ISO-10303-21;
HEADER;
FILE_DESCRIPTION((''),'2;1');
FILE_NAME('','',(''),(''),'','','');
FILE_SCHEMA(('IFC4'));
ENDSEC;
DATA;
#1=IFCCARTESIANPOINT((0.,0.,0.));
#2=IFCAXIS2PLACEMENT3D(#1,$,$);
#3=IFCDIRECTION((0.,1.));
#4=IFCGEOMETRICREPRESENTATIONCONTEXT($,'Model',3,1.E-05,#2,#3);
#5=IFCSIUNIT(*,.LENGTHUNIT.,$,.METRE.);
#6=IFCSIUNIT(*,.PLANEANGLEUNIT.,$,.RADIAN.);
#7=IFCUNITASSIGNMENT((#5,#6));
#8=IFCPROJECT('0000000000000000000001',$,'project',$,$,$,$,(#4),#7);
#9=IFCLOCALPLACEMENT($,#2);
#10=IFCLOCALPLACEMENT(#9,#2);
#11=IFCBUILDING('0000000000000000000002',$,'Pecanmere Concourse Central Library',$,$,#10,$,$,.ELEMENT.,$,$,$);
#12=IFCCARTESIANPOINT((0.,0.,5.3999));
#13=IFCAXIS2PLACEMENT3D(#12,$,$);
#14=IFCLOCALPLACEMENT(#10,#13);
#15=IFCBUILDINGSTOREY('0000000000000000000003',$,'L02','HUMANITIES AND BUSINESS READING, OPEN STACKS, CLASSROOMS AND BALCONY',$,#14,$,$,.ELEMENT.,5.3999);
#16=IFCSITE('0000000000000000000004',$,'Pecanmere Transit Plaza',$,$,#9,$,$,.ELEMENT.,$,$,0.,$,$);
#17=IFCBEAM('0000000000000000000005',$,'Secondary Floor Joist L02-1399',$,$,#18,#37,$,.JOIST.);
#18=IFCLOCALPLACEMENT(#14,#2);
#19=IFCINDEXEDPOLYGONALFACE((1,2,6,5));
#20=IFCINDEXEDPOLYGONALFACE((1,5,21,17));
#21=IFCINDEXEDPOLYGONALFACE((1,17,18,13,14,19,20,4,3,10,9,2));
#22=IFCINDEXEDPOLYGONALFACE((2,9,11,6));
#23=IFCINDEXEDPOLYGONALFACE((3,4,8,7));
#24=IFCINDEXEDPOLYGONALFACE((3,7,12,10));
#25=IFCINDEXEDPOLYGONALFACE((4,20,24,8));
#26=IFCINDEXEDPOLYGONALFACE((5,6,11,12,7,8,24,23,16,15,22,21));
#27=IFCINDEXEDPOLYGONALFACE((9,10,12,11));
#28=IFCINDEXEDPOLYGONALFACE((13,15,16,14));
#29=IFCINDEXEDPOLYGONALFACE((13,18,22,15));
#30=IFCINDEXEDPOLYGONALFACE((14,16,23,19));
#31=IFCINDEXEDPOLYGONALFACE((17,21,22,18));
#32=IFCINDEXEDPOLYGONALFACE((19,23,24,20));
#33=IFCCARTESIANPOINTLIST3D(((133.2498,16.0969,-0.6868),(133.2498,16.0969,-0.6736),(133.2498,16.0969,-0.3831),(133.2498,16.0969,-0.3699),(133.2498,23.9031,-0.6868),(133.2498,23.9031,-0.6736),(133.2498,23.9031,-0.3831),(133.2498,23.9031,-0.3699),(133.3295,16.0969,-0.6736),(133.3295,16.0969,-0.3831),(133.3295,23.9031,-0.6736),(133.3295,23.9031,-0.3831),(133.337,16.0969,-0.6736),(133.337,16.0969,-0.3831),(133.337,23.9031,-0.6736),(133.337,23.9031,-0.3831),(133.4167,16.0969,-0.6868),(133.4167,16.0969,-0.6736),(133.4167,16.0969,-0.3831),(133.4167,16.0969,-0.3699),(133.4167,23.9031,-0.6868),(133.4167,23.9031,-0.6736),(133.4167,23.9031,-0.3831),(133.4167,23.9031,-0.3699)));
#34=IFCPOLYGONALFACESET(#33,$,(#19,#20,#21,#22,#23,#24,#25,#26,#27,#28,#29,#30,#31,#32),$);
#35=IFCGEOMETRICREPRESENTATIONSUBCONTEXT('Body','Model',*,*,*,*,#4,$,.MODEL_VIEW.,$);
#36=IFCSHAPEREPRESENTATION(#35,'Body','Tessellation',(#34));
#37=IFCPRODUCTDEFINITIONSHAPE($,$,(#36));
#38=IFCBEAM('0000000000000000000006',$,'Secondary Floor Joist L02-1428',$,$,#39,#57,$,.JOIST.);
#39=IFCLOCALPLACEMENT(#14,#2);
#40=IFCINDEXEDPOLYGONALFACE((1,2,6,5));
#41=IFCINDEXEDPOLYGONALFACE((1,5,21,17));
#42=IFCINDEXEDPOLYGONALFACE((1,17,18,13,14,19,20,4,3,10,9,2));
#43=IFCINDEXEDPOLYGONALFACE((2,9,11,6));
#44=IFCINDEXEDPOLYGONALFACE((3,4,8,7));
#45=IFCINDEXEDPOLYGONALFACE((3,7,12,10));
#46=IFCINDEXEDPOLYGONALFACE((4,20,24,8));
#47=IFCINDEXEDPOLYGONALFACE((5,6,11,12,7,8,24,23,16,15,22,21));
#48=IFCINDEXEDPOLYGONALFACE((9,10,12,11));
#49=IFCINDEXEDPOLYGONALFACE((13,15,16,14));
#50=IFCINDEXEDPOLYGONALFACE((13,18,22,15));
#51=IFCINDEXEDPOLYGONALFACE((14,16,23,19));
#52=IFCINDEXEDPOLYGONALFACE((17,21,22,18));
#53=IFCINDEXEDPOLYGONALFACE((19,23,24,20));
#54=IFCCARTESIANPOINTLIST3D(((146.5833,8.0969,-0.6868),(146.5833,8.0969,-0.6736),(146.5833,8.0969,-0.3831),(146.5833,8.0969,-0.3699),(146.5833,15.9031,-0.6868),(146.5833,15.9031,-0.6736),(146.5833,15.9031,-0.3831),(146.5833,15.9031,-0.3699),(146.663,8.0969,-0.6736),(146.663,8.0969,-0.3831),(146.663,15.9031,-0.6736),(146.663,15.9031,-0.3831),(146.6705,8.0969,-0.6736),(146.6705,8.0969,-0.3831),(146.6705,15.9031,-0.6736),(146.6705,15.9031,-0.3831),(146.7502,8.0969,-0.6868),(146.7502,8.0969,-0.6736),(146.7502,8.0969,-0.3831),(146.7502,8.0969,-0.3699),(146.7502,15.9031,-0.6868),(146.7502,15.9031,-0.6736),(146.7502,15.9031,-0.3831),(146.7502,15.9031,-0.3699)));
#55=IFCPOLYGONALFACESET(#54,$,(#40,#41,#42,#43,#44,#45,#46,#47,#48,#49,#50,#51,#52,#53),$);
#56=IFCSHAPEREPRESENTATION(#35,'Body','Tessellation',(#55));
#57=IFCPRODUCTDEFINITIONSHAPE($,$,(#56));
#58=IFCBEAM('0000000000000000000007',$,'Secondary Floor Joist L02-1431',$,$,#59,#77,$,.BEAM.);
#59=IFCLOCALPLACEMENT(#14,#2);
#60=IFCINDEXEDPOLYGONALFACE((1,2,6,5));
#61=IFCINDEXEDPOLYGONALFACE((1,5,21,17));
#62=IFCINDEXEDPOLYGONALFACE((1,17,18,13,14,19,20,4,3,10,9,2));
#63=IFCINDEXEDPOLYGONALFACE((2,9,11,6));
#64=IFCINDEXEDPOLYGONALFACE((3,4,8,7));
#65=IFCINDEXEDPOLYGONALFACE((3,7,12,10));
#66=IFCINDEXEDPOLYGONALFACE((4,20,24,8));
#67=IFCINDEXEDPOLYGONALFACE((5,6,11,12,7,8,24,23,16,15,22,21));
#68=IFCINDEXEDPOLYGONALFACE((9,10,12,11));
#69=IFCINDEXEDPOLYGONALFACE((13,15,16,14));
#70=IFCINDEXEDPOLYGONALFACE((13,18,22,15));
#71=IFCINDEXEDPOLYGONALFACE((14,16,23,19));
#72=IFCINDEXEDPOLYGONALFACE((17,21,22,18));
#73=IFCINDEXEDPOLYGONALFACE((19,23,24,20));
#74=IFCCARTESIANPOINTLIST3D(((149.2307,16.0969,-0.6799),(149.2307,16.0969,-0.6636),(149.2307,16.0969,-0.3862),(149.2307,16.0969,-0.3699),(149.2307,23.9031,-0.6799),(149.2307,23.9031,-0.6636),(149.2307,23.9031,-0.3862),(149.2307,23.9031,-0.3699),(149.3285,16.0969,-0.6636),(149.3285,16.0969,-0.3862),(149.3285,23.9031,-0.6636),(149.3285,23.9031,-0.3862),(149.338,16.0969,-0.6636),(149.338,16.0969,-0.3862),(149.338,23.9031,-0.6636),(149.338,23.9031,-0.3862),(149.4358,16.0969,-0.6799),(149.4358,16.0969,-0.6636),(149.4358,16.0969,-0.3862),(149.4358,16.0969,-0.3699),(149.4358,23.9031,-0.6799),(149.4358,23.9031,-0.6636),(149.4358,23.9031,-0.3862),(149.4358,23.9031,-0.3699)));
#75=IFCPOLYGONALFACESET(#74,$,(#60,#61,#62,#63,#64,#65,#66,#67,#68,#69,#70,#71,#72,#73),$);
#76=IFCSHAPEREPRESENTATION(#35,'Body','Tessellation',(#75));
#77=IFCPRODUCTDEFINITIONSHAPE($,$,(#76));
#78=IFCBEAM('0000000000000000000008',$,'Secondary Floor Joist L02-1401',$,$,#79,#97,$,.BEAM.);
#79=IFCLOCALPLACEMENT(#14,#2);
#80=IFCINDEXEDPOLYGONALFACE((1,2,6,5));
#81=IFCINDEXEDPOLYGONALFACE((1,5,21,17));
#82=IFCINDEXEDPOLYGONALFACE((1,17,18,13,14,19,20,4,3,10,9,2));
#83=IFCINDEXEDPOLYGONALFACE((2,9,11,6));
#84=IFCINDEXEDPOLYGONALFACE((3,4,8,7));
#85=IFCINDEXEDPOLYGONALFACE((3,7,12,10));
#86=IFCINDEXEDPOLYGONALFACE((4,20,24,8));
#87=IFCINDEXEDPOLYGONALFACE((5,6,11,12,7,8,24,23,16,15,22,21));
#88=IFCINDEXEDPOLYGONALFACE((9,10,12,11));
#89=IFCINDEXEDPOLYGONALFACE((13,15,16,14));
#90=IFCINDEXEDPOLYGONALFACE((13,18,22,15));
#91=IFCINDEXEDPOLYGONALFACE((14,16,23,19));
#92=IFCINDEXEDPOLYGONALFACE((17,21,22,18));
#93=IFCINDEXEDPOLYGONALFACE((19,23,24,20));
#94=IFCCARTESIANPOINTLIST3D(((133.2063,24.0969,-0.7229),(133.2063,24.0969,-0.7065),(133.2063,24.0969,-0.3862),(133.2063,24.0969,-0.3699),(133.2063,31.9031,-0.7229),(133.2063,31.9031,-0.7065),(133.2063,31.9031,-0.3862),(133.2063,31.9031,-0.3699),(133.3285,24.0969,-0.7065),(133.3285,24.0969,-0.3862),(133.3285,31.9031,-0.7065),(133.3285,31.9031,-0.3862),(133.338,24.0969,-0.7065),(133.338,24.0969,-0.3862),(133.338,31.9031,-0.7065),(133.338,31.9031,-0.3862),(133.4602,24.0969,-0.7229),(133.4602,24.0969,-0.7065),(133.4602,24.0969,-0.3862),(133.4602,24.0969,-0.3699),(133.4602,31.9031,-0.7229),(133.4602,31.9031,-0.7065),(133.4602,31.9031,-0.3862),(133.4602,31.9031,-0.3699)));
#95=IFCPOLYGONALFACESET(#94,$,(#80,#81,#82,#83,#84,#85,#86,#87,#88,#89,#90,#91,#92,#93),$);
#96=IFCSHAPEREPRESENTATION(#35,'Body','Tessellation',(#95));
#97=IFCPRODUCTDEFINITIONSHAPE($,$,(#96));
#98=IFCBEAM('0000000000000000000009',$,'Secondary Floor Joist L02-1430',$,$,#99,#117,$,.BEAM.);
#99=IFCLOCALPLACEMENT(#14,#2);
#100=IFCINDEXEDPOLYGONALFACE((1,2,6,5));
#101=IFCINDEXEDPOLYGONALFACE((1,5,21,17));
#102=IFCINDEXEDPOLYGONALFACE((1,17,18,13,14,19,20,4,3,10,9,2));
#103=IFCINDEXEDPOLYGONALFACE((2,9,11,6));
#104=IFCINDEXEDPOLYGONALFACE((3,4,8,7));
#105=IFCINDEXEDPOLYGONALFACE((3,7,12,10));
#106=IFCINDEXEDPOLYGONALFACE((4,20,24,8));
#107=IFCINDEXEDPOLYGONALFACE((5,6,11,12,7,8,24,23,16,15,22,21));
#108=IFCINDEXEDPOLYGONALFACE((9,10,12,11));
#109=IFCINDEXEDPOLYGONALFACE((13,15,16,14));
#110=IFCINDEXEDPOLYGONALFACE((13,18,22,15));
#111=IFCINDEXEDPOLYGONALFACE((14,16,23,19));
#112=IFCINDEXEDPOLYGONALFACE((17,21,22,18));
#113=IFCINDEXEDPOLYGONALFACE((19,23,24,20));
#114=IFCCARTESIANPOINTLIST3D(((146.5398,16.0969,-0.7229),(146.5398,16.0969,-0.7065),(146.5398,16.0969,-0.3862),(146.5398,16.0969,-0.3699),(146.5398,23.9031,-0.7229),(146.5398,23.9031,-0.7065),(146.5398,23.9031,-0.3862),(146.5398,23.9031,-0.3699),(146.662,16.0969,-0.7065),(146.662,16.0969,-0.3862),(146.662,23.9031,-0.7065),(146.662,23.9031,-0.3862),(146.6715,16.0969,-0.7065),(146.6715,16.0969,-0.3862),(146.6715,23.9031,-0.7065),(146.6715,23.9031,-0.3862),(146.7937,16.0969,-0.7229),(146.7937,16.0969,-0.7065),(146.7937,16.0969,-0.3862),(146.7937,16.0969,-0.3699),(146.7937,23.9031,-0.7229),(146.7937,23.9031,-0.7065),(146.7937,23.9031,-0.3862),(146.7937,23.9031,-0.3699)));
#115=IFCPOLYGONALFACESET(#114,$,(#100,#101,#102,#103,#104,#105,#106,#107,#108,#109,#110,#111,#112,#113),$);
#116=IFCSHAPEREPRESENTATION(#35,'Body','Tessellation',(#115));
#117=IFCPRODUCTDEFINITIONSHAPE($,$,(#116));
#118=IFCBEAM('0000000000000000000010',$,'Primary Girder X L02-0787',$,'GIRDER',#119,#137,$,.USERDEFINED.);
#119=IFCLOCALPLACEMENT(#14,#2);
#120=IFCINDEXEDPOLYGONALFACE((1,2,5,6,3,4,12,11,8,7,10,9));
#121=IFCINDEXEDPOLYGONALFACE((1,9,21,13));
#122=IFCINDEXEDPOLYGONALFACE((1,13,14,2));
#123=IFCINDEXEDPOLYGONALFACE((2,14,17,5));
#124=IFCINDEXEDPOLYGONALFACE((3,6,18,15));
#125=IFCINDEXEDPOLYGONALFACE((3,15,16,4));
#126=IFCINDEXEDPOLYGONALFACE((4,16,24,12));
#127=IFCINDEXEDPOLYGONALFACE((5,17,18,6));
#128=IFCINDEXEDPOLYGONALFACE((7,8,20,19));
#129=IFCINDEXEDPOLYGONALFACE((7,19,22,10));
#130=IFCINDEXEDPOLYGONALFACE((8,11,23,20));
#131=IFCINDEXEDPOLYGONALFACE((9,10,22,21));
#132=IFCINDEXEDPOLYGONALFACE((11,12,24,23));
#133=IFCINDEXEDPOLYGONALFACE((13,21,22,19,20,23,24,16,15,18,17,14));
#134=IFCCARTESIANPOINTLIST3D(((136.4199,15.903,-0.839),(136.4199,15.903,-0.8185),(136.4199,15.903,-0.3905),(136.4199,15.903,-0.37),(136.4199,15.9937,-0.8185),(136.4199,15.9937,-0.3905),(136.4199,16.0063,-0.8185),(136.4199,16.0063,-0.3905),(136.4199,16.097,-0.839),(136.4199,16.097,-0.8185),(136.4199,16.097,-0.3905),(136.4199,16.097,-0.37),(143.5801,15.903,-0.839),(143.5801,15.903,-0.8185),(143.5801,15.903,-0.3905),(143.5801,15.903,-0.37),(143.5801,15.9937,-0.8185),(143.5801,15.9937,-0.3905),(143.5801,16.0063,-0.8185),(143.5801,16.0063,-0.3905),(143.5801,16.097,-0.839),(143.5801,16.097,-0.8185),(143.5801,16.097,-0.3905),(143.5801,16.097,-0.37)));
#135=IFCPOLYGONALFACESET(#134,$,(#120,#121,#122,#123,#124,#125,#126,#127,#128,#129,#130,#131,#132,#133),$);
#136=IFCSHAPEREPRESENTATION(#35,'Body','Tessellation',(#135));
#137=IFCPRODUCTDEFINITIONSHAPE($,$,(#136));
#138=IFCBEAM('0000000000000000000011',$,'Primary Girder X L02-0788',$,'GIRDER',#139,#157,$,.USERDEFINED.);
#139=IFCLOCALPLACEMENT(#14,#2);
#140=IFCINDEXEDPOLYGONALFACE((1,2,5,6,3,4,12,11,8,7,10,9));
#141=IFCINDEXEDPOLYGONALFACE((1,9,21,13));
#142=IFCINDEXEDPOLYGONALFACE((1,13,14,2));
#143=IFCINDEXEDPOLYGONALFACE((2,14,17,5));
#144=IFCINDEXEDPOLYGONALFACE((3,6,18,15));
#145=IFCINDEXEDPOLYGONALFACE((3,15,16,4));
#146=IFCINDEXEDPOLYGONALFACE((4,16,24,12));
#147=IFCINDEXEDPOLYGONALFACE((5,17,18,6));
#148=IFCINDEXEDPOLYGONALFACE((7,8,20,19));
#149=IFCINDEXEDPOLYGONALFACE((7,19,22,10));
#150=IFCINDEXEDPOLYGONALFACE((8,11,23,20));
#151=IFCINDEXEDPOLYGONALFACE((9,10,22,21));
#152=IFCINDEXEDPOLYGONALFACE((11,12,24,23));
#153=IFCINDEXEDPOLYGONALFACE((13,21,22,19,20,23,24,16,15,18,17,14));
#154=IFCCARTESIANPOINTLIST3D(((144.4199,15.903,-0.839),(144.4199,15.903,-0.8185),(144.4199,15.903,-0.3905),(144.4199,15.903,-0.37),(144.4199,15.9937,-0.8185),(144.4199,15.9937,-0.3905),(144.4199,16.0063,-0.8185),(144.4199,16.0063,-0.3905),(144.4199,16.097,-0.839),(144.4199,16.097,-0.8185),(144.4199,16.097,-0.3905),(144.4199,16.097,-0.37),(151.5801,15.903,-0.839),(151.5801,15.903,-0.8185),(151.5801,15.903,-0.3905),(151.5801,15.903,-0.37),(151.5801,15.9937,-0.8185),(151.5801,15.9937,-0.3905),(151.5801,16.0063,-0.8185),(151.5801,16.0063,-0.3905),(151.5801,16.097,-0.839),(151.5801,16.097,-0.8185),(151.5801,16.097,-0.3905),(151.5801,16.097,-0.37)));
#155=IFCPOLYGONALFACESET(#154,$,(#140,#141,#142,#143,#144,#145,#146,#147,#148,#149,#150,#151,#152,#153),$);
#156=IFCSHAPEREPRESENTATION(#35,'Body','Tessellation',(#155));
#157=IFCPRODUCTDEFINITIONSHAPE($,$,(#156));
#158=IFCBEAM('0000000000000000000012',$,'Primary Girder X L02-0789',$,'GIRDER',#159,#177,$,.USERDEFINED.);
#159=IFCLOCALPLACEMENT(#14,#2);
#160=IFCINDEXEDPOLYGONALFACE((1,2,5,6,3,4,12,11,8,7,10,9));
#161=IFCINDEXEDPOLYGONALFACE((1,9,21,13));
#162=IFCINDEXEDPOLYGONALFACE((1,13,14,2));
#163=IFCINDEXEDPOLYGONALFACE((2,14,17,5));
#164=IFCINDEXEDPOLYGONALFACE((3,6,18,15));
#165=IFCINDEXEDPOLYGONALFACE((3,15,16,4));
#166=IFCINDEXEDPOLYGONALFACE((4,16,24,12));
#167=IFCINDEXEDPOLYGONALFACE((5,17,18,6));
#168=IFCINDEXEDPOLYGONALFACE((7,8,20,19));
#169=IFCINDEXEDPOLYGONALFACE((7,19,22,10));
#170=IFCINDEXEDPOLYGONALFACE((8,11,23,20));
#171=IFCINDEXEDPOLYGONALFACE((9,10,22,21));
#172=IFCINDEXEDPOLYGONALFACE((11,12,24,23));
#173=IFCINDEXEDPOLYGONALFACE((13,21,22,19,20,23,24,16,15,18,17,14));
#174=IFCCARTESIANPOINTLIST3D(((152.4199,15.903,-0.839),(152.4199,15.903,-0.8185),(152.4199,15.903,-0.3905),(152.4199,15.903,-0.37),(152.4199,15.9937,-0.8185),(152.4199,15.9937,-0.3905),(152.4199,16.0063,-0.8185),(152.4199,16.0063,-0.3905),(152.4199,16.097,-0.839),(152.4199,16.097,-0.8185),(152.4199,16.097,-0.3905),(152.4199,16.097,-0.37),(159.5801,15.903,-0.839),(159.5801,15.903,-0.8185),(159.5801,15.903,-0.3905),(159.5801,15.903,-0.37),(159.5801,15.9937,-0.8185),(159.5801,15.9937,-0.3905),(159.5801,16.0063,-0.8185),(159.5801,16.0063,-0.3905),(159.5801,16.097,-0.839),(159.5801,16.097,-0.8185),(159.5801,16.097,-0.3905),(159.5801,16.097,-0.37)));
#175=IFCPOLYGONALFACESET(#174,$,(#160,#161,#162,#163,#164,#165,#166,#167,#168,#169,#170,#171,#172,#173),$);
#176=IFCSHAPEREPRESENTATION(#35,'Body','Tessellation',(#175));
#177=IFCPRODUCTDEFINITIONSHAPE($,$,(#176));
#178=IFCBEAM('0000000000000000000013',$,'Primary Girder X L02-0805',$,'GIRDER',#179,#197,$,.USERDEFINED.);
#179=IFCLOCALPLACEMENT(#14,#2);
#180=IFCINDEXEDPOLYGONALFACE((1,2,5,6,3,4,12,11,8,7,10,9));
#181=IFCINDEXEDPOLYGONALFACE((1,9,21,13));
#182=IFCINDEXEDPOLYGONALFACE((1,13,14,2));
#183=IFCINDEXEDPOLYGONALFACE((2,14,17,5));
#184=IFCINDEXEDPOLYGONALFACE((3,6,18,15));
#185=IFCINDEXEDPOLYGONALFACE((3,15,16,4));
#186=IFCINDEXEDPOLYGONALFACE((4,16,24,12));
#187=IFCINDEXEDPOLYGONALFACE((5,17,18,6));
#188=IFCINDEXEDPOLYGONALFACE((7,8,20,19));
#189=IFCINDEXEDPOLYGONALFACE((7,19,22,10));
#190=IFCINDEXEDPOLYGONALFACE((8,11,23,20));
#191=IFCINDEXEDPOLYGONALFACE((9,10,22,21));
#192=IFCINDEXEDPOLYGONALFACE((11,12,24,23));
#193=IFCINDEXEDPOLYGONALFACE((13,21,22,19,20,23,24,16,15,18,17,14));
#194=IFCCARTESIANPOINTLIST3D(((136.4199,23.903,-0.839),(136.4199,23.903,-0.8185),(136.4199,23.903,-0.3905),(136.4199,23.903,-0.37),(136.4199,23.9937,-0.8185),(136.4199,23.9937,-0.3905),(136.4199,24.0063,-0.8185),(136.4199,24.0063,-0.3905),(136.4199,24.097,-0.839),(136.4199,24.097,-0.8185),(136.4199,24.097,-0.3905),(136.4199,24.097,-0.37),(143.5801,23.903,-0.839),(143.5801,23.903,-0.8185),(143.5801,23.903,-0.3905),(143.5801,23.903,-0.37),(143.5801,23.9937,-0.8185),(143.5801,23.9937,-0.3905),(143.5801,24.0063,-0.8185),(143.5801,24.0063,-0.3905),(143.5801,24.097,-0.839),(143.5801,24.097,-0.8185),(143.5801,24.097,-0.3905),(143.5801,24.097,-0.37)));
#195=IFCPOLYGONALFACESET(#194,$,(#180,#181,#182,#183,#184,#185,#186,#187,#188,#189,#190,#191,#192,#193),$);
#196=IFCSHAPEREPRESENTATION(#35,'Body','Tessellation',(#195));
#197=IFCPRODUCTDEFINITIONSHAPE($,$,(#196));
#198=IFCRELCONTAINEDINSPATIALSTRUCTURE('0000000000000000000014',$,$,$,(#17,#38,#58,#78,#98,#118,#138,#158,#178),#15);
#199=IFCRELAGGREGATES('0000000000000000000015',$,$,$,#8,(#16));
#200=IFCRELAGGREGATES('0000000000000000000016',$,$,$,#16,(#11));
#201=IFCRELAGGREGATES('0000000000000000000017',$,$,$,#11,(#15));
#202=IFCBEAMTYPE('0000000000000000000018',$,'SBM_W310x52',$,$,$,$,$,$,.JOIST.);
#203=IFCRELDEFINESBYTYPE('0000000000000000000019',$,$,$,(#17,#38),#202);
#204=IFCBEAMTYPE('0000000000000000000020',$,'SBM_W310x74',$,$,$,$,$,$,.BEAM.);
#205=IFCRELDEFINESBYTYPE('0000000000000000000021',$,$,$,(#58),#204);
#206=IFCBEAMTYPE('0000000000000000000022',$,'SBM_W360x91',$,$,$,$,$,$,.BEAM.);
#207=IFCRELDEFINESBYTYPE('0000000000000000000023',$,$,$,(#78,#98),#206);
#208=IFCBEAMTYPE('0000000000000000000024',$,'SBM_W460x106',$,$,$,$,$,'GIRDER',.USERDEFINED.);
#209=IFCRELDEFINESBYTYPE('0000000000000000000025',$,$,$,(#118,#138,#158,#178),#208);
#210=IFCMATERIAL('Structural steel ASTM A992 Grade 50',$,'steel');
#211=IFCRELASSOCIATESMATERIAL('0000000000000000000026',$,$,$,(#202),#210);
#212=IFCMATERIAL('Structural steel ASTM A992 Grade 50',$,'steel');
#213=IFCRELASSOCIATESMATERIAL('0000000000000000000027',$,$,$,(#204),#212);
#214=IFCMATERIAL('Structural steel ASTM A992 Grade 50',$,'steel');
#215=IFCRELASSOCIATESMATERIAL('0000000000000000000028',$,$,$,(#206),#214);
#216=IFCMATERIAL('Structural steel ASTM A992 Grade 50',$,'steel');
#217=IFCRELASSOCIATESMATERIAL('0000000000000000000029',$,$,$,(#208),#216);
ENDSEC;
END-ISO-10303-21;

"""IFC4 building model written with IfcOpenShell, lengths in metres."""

from ifc_helpers import new_model, si_unit, direction, frame, origin, origin_2d, place, context, subcontext, project, spatial, i_section, extrude, material, material_profile, profile_set, type_object, element, save


model = new_model("IFC4")

# Units and contexts
model_context = context("Model", 3, precision=1e-05, world=origin(), true_north=direction((0.0, 1.0)))
body_context = subcontext(model_context, "Body", "Model", "MODEL_VIEW")
ifc_project = project(units=[si_unit("LENGTHUNIT", "METRE"), si_unit("PLANEANGLEUNIT", "RADIAN")], contexts=[model_context])

# Site, building, storey
site_placement = place(None, origin())
site = spatial("IfcSite", under=ifc_project, at=site_placement, Name="Pecanmere Transit Plaza", CompositionType="ELEMENT", RefElevation=0.0)
building_placement = place(site_placement, origin())
building = spatial("IfcBuilding", under=site, at=building_placement, Name="Pecanmere Concourse Central Library", CompositionType="ELEMENT")
storey_placement = place(building_placement, frame((0.0, 0.0, 5.3999)))
storey = spatial("IfcBuildingStorey", under=building, at=storey_placement, Name="L02", Description="HUMANITIES AND BUSINESS READING, OPEN STACKS, CLASSROOMS AND BALCONY", CompositionType="ELEMENT", Elevation=5.3999)

# Beams
ifc_material_1 = material(Name="Structural steel ASTM A992 Grade 50", Category="steel")
ifc_material_profile_1 = material_profile(ifc_material_1, i_section(OverallWidth=0.167, OverallDepth=0.3169, WebThickness=0.0076, FlangeThickness=0.0132, at=origin_2d()), Name="W310x52")
ifc_profile_set_1 = profile_set([ifc_material_profile_1], Name="Structural steel ASTM A992 Grade 50")
beam_type_1 = type_object("IfcBeamType", Name="SBM_W310x52", PredefinedType="JOIST", material=ifc_profile_set_1)
for number, where, z_axis, x_axis, name in (
    (1, (133.3333, 16.0969, -0.5283), (0.0, 1.0, 0.0), (-1.0, 0.0, 0.0), "Secondary Floor Joist L02-1399"),
    (2, (146.6667, 8.0969, -0.5283), (0.0, 1.0, 0.0), (-1.0, 0.0, 0.0), "Secondary Floor Joist L02-1428"),
):
    element("IfcBeam", number, at=place(storey_placement, frame(where, z_axis=z_axis, x_axis=x_axis)), inside=storey, type_object=beam_type_1, Name=name, PredefinedType="JOIST", context=body_context, shape_type="SweptSolid", body=[
        extrude(i_section(OverallWidth=0.167, OverallDepth=0.3169, WebThickness=0.0076, FlangeThickness=0.0132, at=origin_2d()), origin(), (0.0, 0.0, 1.0), 7.8062),
    ])
ifc_material_2 = material(Name="Structural steel ASTM A992 Grade 50", Category="steel")
ifc_material_profile_2 = material_profile(ifc_material_2, i_section(OverallWidth=0.2051, OverallDepth=0.3101, WebThickness=0.0095, FlangeThickness=0.0164, at=origin_2d()), Name="W310x74")
ifc_profile_set_2 = profile_set([ifc_material_profile_2], Name="Structural steel ASTM A992 Grade 50")
beam_type_2 = type_object("IfcBeamType", Name="SBM_W310x74", PredefinedType="BEAM", material=ifc_profile_set_2)
beam_1_placement = place(storey_placement, frame((149.3333, 16.0969, -0.5249), z_axis=(0.0, 1.0, 0.0), x_axis=(-1.0, 0.0, 0.0)))
element("IfcBeam", 3, at=beam_1_placement, inside=storey, type_object=beam_type_2, Name="Secondary Floor Joist L02-1431", PredefinedType="BEAM", context=body_context, shape_type="SweptSolid", body=[
    extrude(i_section(OverallWidth=0.2051, OverallDepth=0.3101, WebThickness=0.0095, FlangeThickness=0.0164, at=origin_2d()), origin(), (0.0, 0.0, 1.0), 7.8062),
])
ifc_material_3 = material(Name="Structural steel ASTM A992 Grade 50", Category="steel")
ifc_material_profile_3 = material_profile(ifc_material_3, i_section(OverallWidth=0.2539, OverallDepth=0.353, WebThickness=0.0095, FlangeThickness=0.0164, at=origin_2d()), Name="W360x91")
ifc_profile_set_3 = profile_set([ifc_material_profile_3], Name="Structural steel ASTM A992 Grade 50")
beam_type_3 = type_object("IfcBeamType", Name="SBM_W360x91", PredefinedType="BEAM", material=ifc_profile_set_3)
for number, where, z_axis, x_axis, name in (
    (4, (133.3333, 24.0969, -0.5464), (0.0, 1.0, 0.0), (-1.0, 0.0, 0.0), "Secondary Floor Joist L02-1401"),
    (5, (146.6667, 16.0969, -0.5464), (0.0, 1.0, 0.0), (-1.0, 0.0, 0.0), "Secondary Floor Joist L02-1430"),
):
    element("IfcBeam", number, at=place(storey_placement, frame(where, z_axis=z_axis, x_axis=x_axis)), inside=storey, type_object=beam_type_3, Name=name, PredefinedType="BEAM", context=body_context, shape_type="SweptSolid", body=[
        extrude(i_section(OverallWidth=0.2539, OverallDepth=0.353, WebThickness=0.0095, FlangeThickness=0.0164, at=origin_2d()), origin(), (0.0, 0.0, 1.0), 7.8062),
    ])
ifc_material_4 = material(Name="Structural steel ASTM A992 Grade 50", Category="steel")
ifc_material_profile_4 = material_profile(ifc_material_4, i_section(OverallWidth=0.1941, OverallDepth=0.469, WebThickness=0.0127, FlangeThickness=0.0205, at=origin_2d()), Name="W460x106")
ifc_profile_set_4 = profile_set([ifc_material_profile_4], Name="Structural steel ASTM A992 Grade 50")
beam_type_4 = type_object("IfcBeamType", Name="SBM_W460x106", ElementType="GIRDER", PredefinedType="USERDEFINED", material=ifc_profile_set_4)
for number, where, z_axis, x_axis, name in (
    (6, (136.4199, 16.0, -0.6045), (1.0, 0.0, 0.0), (0.0, 1.0, 0.0), "Primary Girder X L02-0787"),
    (7, (144.4199, 16.0, -0.6045), (1.0, 0.0, 0.0), (0.0, 1.0, 0.0), "Primary Girder X L02-0788"),
    (8, (152.4199, 16.0, -0.6045), (1.0, 0.0, 0.0), (0.0, 1.0, 0.0), "Primary Girder X L02-0789"),
    (9, (136.4199, 24.0, -0.6045), (1.0, 0.0, 0.0), (0.0, 1.0, 0.0), "Primary Girder X L02-0805"),
):
    element("IfcBeam", number, at=place(storey_placement, frame(where, z_axis=z_axis, x_axis=x_axis)), inside=storey, type_object=beam_type_4, Name=name, ObjectType="GIRDER", PredefinedType="USERDEFINED", context=body_context, shape_type="SweptSolid", body=[
        extrude(i_section(OverallWidth=0.1941, OverallDepth=0.469, WebThickness=0.0127, FlangeThickness=0.0205, at=origin_2d()), origin(), (0.0, 0.0, 1.0), 7.1602),
    ])

save(model, "model.ifc")
